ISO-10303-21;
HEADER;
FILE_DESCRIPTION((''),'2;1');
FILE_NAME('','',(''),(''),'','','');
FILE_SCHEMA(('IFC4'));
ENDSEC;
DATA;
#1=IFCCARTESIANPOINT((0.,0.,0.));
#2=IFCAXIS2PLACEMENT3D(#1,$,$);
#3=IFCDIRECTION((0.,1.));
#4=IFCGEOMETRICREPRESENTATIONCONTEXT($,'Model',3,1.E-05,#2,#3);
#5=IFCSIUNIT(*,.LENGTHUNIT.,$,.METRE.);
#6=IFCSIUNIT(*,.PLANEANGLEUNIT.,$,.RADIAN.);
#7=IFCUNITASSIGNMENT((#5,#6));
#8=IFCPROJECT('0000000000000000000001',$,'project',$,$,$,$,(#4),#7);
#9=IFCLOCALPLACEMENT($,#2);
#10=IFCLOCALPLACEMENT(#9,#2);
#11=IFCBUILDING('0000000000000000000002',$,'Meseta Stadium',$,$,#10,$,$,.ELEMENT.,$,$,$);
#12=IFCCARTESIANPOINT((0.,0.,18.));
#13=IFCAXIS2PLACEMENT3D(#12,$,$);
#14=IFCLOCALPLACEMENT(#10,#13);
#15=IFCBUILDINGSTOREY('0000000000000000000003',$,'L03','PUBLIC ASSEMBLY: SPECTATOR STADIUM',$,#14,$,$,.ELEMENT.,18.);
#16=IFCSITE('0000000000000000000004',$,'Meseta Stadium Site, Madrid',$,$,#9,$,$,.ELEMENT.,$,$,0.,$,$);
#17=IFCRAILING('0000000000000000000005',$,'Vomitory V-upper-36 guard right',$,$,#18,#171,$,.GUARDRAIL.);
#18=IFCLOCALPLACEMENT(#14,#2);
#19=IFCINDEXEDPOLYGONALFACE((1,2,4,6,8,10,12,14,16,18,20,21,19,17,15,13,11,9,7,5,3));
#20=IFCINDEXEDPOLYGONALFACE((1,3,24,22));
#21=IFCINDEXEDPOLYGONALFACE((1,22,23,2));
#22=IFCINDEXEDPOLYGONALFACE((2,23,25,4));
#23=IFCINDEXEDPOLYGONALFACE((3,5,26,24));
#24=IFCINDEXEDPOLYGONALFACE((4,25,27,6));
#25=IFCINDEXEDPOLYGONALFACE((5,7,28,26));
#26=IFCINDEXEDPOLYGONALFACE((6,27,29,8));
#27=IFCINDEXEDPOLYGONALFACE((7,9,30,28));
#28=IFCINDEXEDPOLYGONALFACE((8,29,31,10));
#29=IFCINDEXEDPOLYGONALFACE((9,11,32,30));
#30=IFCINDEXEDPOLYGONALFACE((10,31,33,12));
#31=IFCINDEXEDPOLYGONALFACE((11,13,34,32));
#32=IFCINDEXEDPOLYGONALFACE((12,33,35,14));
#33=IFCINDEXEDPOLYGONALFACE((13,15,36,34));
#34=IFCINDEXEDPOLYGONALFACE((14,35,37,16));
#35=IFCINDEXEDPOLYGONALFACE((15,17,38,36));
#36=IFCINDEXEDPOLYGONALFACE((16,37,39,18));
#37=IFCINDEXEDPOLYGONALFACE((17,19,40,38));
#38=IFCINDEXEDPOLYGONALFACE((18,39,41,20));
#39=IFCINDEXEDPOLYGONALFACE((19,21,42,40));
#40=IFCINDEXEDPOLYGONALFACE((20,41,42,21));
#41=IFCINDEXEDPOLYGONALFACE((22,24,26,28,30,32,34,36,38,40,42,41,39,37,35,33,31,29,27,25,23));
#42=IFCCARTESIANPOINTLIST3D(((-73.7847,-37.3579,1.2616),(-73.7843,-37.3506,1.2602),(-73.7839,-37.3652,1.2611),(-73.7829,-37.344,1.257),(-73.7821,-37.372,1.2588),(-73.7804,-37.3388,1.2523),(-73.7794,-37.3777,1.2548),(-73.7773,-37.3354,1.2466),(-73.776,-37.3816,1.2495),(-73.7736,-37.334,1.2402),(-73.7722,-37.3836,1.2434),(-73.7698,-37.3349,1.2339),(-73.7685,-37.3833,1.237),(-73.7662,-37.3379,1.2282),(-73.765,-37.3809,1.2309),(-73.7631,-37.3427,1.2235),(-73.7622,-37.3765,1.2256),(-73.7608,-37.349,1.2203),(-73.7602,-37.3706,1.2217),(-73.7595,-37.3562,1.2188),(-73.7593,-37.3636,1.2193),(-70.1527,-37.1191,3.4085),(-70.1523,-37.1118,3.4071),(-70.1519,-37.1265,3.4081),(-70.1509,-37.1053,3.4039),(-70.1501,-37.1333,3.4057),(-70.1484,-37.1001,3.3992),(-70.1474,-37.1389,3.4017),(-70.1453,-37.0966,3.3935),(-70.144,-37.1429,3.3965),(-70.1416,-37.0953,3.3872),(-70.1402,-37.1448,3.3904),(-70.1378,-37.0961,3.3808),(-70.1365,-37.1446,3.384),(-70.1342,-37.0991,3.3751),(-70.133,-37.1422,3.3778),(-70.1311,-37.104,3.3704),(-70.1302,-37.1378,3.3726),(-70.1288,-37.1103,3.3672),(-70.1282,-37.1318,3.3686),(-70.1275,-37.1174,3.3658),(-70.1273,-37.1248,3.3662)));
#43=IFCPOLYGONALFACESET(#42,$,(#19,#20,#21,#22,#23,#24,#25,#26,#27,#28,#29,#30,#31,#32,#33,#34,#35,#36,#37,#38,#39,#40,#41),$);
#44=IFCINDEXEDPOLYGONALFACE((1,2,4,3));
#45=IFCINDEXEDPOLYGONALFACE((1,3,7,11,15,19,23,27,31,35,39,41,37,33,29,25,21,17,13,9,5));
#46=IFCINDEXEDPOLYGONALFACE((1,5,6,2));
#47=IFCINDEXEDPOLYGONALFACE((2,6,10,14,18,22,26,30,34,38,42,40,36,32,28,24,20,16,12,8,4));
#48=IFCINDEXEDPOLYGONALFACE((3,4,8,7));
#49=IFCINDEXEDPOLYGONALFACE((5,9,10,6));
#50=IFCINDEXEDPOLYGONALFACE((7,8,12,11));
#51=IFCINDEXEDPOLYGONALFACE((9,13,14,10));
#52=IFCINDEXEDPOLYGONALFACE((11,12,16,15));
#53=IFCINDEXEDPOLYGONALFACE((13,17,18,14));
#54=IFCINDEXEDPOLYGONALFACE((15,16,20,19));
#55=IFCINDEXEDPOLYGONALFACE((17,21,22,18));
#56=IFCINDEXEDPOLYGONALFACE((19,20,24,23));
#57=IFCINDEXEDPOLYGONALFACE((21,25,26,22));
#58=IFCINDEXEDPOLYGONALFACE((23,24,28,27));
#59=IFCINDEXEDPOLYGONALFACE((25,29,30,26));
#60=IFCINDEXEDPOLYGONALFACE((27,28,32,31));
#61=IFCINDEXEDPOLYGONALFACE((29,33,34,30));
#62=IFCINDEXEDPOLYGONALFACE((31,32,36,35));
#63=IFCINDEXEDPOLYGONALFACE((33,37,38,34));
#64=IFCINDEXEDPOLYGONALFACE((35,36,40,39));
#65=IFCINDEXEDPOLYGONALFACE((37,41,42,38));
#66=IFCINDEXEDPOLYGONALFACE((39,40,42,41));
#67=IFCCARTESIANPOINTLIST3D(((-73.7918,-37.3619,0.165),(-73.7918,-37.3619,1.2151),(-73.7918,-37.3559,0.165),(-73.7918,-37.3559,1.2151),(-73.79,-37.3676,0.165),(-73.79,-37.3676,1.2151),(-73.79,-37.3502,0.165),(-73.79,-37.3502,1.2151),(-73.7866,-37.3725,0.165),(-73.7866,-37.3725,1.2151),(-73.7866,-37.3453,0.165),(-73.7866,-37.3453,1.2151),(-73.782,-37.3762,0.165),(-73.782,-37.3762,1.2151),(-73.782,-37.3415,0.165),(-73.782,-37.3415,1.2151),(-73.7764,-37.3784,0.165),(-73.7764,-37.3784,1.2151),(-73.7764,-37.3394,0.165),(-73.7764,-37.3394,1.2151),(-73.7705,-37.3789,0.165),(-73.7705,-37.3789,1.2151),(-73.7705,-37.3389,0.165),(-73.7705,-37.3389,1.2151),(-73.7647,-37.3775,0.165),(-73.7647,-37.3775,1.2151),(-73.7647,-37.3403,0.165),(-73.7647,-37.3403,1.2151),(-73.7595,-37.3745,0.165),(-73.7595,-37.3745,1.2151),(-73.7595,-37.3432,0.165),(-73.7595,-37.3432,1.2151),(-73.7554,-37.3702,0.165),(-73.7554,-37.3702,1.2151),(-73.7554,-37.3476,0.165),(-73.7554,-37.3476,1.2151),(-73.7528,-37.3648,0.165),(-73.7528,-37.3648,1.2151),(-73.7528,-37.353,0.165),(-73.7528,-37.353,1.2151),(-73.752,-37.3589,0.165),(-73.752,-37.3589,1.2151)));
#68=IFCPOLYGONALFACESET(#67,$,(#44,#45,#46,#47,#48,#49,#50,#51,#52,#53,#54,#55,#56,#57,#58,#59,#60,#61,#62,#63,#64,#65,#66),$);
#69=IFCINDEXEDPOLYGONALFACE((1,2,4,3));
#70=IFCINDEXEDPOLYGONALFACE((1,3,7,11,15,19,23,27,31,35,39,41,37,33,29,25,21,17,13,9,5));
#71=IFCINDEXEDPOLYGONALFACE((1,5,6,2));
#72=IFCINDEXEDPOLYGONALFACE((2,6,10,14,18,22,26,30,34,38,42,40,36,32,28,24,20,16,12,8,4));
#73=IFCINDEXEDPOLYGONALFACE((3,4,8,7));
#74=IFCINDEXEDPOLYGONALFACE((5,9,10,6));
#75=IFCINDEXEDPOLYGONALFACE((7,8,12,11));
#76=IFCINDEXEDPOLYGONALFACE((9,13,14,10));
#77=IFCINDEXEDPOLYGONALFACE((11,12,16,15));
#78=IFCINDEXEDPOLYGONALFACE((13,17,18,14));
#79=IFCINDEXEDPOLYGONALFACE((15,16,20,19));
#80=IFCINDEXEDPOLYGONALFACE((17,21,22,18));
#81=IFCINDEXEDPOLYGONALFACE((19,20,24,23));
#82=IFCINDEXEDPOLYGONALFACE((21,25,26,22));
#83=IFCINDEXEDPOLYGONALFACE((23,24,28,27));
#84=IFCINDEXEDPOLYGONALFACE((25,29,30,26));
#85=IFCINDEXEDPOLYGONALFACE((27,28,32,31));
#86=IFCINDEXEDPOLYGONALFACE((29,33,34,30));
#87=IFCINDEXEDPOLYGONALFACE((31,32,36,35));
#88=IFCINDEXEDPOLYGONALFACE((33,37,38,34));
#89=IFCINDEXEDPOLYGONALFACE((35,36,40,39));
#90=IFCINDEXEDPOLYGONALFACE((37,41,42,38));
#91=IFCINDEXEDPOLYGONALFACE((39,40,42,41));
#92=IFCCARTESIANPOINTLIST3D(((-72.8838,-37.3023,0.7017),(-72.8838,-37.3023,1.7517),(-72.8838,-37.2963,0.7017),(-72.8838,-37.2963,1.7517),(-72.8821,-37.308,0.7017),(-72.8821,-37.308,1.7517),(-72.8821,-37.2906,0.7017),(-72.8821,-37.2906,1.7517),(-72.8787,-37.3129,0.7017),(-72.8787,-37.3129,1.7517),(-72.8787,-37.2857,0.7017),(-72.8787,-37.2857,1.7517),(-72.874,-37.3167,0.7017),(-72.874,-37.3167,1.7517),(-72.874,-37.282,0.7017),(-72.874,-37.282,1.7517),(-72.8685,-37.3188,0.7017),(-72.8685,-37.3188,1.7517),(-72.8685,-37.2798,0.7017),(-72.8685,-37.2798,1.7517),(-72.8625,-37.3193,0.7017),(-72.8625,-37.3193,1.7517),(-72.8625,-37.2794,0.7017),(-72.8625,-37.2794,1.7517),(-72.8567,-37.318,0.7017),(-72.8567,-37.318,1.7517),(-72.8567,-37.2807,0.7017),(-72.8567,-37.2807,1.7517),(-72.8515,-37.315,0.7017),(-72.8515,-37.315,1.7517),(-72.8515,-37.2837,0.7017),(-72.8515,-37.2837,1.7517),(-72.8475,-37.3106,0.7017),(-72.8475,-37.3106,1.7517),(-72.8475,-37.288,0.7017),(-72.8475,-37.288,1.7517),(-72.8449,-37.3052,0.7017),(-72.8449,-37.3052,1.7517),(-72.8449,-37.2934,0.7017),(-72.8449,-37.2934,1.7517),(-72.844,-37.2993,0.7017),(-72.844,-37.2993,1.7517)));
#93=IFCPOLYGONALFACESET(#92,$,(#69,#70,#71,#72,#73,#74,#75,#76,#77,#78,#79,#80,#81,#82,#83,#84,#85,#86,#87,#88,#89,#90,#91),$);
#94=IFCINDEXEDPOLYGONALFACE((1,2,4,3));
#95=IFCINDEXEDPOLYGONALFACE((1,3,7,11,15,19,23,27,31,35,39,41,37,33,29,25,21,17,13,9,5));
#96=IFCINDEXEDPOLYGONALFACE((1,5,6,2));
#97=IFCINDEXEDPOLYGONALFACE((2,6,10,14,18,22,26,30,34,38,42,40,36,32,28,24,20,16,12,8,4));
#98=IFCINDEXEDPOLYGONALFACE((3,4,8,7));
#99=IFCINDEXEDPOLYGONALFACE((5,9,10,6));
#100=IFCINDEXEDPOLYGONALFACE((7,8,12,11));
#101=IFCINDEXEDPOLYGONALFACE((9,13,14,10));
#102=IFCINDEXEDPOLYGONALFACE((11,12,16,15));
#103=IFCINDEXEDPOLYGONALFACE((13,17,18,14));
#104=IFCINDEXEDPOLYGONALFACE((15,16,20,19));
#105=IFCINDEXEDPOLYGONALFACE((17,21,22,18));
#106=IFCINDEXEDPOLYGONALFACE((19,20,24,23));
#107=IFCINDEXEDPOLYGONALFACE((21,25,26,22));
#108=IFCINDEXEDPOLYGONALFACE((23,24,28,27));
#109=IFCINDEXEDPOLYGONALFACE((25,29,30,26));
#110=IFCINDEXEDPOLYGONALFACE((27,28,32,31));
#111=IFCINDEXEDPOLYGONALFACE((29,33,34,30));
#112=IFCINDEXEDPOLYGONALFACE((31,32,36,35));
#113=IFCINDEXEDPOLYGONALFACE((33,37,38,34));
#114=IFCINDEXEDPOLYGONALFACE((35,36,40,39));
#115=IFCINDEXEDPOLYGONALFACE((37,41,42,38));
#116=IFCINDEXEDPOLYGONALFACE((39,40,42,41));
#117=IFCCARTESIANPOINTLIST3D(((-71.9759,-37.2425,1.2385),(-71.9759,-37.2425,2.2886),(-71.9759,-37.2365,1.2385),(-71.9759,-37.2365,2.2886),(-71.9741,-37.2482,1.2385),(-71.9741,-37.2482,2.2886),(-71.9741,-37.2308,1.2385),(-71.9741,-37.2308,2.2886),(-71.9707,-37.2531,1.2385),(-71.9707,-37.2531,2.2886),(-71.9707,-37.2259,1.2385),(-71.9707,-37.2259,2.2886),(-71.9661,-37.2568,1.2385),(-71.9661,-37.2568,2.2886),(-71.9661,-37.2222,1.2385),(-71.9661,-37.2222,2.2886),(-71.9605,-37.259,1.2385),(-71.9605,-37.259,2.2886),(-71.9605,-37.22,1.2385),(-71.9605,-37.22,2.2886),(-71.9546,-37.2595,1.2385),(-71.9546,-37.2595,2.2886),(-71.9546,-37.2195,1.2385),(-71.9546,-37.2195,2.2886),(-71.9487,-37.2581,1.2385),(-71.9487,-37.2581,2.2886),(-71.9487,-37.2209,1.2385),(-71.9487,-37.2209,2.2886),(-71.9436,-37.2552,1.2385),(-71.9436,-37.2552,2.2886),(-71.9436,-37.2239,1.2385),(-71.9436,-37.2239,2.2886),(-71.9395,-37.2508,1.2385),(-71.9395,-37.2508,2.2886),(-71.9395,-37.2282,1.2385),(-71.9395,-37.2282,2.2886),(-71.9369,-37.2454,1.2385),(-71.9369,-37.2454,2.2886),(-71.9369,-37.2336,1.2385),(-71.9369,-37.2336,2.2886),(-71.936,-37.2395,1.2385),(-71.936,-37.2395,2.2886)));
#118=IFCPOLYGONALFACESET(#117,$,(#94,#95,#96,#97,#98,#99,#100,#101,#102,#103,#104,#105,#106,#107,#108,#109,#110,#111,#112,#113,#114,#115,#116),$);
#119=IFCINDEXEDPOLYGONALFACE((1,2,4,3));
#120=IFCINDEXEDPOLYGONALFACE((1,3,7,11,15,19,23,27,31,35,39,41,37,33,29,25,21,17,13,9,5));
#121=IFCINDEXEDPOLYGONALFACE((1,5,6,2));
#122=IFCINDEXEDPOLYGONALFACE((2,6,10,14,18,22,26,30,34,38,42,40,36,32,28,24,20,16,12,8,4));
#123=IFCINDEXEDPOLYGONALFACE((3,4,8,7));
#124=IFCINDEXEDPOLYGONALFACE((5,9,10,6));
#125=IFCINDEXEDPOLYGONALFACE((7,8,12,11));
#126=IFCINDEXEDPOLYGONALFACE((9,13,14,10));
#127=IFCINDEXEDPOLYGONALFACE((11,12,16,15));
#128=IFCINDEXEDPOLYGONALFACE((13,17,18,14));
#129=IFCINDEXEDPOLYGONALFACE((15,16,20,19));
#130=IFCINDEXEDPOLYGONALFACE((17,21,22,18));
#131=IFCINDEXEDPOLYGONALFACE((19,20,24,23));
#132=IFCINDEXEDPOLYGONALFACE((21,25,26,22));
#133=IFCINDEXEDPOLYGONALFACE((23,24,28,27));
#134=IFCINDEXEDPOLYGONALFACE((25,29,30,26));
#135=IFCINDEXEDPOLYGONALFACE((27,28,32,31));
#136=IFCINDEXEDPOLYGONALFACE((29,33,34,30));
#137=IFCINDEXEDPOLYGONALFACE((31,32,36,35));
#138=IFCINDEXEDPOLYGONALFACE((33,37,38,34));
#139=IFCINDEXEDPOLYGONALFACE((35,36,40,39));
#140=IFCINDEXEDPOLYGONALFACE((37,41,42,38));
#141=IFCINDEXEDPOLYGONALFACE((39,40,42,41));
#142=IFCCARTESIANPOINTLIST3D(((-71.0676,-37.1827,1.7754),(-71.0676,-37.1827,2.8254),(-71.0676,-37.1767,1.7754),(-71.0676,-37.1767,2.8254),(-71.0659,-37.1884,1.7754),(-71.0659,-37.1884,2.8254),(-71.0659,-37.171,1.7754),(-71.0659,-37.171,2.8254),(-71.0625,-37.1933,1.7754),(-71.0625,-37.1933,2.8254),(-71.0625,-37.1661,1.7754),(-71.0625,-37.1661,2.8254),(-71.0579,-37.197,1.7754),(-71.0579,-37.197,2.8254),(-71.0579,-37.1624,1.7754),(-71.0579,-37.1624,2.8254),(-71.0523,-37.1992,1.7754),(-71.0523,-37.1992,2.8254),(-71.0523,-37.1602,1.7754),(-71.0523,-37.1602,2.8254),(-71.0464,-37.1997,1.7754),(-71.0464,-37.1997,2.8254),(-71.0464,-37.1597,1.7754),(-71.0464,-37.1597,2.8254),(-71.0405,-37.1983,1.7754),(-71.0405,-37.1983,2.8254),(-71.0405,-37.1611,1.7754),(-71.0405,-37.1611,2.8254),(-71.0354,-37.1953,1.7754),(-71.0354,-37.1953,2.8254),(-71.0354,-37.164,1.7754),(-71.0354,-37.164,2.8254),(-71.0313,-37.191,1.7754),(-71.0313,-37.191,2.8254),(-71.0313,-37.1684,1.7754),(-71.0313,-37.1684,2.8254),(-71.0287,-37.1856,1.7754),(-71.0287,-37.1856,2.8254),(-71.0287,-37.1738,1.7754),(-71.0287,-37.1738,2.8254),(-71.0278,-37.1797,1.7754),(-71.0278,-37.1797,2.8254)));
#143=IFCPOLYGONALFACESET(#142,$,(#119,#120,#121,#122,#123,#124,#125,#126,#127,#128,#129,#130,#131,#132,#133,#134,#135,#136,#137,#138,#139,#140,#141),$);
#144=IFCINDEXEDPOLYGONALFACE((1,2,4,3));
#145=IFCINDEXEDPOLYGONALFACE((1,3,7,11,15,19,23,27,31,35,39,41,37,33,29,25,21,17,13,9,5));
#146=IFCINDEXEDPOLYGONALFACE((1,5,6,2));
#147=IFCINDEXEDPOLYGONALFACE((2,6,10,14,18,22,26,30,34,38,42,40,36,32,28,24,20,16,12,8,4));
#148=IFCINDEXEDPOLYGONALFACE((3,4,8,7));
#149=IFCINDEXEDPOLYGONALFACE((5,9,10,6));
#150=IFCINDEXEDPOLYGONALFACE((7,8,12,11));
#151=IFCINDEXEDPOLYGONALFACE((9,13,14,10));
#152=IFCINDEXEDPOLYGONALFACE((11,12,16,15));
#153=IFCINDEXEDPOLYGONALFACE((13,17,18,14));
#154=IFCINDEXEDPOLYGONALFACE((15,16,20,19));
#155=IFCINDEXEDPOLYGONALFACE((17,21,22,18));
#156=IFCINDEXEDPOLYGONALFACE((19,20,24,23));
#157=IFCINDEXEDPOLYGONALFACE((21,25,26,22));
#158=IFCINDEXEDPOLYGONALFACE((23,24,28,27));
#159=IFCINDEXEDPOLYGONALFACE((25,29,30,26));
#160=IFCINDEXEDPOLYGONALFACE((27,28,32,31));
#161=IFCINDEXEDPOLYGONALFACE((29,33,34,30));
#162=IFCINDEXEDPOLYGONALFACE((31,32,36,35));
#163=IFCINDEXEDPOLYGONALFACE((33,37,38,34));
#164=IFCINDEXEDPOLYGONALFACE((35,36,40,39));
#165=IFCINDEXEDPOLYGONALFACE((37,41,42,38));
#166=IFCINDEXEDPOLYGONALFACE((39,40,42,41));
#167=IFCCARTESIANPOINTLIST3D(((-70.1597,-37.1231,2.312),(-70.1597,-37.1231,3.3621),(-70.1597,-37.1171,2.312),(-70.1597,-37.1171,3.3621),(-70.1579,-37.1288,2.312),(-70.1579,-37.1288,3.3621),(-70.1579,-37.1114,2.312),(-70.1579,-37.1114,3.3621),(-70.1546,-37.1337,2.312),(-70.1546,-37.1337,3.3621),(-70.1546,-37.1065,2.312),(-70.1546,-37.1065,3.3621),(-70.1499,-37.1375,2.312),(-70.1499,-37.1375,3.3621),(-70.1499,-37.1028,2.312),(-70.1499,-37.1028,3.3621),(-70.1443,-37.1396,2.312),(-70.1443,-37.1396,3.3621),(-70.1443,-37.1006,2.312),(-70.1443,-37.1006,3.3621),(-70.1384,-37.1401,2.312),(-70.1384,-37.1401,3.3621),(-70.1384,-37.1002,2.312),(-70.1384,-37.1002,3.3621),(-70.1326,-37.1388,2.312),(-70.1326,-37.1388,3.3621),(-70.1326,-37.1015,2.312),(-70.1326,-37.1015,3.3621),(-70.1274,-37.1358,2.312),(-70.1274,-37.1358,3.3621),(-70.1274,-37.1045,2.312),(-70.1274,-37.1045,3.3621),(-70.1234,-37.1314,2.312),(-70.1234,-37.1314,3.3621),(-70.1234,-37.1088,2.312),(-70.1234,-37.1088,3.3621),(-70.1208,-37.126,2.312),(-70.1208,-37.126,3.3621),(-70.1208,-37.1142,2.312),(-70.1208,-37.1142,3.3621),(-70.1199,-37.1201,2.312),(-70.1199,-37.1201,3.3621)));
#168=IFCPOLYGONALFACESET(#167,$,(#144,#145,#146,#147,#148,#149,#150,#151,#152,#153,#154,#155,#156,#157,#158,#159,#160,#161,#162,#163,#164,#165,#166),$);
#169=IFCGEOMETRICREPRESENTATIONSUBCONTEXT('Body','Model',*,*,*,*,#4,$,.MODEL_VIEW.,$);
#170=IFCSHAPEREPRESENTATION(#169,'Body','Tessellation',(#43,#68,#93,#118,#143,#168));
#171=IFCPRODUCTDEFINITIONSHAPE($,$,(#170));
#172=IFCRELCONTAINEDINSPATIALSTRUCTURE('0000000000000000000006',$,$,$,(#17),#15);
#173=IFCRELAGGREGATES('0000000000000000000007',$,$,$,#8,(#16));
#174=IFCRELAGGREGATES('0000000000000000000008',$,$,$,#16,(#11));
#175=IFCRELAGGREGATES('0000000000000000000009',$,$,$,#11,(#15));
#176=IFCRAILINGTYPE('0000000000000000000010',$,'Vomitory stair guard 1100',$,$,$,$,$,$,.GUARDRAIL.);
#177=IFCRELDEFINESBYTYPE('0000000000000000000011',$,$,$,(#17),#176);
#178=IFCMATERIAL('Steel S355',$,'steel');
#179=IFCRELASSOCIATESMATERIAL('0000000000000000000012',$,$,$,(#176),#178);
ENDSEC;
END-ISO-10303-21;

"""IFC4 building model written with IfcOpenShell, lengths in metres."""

from ifc_helpers import new_model, si_unit, direction, frame, origin, origin_2d, place, context, subcontext, project, spatial, circle, extrude, material, type_object, element, save


model = new_model("IFC4")

# Units and contexts
model_context = context("Model", 3, precision=1e-05, world=origin(), true_north=direction((0.0, 1.0)))
body_context = subcontext(model_context, "Body", "Model", "MODEL_VIEW")
ifc_project = project(units=[si_unit("LENGTHUNIT", "METRE"), si_unit("PLANEANGLEUNIT", "RADIAN")], contexts=[model_context])

# Site, building, storey
site_placement = place(None, origin())
site = spatial("IfcSite", under=ifc_project, at=site_placement, Name="Meseta Stadium Site, Madrid", CompositionType="ELEMENT", RefElevation=0.0)
building_placement = place(site_placement, origin())
building = spatial("IfcBuilding", under=site, at=building_placement, Name="Meseta Stadium", CompositionType="ELEMENT")
storey_placement = place(building_placement, frame((0.0, 0.0, 18.0)))
storey = spatial("IfcBuildingStorey", under=building, at=storey_placement, Name="L03", Description="PUBLIC ASSEMBLY: SPECTATOR STADIUM", CompositionType="ELEMENT", Elevation=18.0)

# Railing
ifc_material_1 = material(Name="Steel S355", Category="steel")
railing_type_1 = type_object("IfcRailingType", Name="Vomitory stair guard 1100", PredefinedType="GUARDRAIL", material=ifc_material_1)
railing_1_placement = place(storey_placement, frame((-73.772, -37.3589, 0.165)))
element("IfcRailing", 1, at=railing_1_placement, inside=storey, type_object=railing_type_1, Name="Vomitory V-upper-36 guard right", PredefinedType="GUARDRAIL", context=body_context, shape_type="SweptSolid", body=[
    extrude(circle(Radius=0.0249, at=origin_2d()), frame((0.0, 0.0, 1.0752), z_axis=(0.859474, 0.056501, 0.508047), x_axis=(-0.065597, 0.997846, 0.0)), (0.0, 0.0, 1.0), 4.2258),
    extrude(circle(Radius=0.02, at=origin_2d()), origin(), (0.0, 0.0, 1.0), 1.05),
    extrude(circle(Radius=0.02, at=origin_2d()), frame((0.908, 0.0596, 0.5366)), (0.0, 0.0, 1.0), 1.05),
    extrude(circle(Radius=0.02, at=origin_2d()), frame((1.8159, 0.1194, 1.0735)), (0.0, 0.0, 1.0), 1.05),
    extrude(circle(Radius=0.02, at=origin_2d()), frame((2.7241, 0.1792, 1.6104)), (0.0, 0.0, 1.0), 1.05),
    extrude(circle(Radius=0.02, at=origin_2d()), frame((3.6321, 0.2388, 2.147)), (0.0, 0.0, 1.0), 1.05),
])

save(model, "model.ifc")
